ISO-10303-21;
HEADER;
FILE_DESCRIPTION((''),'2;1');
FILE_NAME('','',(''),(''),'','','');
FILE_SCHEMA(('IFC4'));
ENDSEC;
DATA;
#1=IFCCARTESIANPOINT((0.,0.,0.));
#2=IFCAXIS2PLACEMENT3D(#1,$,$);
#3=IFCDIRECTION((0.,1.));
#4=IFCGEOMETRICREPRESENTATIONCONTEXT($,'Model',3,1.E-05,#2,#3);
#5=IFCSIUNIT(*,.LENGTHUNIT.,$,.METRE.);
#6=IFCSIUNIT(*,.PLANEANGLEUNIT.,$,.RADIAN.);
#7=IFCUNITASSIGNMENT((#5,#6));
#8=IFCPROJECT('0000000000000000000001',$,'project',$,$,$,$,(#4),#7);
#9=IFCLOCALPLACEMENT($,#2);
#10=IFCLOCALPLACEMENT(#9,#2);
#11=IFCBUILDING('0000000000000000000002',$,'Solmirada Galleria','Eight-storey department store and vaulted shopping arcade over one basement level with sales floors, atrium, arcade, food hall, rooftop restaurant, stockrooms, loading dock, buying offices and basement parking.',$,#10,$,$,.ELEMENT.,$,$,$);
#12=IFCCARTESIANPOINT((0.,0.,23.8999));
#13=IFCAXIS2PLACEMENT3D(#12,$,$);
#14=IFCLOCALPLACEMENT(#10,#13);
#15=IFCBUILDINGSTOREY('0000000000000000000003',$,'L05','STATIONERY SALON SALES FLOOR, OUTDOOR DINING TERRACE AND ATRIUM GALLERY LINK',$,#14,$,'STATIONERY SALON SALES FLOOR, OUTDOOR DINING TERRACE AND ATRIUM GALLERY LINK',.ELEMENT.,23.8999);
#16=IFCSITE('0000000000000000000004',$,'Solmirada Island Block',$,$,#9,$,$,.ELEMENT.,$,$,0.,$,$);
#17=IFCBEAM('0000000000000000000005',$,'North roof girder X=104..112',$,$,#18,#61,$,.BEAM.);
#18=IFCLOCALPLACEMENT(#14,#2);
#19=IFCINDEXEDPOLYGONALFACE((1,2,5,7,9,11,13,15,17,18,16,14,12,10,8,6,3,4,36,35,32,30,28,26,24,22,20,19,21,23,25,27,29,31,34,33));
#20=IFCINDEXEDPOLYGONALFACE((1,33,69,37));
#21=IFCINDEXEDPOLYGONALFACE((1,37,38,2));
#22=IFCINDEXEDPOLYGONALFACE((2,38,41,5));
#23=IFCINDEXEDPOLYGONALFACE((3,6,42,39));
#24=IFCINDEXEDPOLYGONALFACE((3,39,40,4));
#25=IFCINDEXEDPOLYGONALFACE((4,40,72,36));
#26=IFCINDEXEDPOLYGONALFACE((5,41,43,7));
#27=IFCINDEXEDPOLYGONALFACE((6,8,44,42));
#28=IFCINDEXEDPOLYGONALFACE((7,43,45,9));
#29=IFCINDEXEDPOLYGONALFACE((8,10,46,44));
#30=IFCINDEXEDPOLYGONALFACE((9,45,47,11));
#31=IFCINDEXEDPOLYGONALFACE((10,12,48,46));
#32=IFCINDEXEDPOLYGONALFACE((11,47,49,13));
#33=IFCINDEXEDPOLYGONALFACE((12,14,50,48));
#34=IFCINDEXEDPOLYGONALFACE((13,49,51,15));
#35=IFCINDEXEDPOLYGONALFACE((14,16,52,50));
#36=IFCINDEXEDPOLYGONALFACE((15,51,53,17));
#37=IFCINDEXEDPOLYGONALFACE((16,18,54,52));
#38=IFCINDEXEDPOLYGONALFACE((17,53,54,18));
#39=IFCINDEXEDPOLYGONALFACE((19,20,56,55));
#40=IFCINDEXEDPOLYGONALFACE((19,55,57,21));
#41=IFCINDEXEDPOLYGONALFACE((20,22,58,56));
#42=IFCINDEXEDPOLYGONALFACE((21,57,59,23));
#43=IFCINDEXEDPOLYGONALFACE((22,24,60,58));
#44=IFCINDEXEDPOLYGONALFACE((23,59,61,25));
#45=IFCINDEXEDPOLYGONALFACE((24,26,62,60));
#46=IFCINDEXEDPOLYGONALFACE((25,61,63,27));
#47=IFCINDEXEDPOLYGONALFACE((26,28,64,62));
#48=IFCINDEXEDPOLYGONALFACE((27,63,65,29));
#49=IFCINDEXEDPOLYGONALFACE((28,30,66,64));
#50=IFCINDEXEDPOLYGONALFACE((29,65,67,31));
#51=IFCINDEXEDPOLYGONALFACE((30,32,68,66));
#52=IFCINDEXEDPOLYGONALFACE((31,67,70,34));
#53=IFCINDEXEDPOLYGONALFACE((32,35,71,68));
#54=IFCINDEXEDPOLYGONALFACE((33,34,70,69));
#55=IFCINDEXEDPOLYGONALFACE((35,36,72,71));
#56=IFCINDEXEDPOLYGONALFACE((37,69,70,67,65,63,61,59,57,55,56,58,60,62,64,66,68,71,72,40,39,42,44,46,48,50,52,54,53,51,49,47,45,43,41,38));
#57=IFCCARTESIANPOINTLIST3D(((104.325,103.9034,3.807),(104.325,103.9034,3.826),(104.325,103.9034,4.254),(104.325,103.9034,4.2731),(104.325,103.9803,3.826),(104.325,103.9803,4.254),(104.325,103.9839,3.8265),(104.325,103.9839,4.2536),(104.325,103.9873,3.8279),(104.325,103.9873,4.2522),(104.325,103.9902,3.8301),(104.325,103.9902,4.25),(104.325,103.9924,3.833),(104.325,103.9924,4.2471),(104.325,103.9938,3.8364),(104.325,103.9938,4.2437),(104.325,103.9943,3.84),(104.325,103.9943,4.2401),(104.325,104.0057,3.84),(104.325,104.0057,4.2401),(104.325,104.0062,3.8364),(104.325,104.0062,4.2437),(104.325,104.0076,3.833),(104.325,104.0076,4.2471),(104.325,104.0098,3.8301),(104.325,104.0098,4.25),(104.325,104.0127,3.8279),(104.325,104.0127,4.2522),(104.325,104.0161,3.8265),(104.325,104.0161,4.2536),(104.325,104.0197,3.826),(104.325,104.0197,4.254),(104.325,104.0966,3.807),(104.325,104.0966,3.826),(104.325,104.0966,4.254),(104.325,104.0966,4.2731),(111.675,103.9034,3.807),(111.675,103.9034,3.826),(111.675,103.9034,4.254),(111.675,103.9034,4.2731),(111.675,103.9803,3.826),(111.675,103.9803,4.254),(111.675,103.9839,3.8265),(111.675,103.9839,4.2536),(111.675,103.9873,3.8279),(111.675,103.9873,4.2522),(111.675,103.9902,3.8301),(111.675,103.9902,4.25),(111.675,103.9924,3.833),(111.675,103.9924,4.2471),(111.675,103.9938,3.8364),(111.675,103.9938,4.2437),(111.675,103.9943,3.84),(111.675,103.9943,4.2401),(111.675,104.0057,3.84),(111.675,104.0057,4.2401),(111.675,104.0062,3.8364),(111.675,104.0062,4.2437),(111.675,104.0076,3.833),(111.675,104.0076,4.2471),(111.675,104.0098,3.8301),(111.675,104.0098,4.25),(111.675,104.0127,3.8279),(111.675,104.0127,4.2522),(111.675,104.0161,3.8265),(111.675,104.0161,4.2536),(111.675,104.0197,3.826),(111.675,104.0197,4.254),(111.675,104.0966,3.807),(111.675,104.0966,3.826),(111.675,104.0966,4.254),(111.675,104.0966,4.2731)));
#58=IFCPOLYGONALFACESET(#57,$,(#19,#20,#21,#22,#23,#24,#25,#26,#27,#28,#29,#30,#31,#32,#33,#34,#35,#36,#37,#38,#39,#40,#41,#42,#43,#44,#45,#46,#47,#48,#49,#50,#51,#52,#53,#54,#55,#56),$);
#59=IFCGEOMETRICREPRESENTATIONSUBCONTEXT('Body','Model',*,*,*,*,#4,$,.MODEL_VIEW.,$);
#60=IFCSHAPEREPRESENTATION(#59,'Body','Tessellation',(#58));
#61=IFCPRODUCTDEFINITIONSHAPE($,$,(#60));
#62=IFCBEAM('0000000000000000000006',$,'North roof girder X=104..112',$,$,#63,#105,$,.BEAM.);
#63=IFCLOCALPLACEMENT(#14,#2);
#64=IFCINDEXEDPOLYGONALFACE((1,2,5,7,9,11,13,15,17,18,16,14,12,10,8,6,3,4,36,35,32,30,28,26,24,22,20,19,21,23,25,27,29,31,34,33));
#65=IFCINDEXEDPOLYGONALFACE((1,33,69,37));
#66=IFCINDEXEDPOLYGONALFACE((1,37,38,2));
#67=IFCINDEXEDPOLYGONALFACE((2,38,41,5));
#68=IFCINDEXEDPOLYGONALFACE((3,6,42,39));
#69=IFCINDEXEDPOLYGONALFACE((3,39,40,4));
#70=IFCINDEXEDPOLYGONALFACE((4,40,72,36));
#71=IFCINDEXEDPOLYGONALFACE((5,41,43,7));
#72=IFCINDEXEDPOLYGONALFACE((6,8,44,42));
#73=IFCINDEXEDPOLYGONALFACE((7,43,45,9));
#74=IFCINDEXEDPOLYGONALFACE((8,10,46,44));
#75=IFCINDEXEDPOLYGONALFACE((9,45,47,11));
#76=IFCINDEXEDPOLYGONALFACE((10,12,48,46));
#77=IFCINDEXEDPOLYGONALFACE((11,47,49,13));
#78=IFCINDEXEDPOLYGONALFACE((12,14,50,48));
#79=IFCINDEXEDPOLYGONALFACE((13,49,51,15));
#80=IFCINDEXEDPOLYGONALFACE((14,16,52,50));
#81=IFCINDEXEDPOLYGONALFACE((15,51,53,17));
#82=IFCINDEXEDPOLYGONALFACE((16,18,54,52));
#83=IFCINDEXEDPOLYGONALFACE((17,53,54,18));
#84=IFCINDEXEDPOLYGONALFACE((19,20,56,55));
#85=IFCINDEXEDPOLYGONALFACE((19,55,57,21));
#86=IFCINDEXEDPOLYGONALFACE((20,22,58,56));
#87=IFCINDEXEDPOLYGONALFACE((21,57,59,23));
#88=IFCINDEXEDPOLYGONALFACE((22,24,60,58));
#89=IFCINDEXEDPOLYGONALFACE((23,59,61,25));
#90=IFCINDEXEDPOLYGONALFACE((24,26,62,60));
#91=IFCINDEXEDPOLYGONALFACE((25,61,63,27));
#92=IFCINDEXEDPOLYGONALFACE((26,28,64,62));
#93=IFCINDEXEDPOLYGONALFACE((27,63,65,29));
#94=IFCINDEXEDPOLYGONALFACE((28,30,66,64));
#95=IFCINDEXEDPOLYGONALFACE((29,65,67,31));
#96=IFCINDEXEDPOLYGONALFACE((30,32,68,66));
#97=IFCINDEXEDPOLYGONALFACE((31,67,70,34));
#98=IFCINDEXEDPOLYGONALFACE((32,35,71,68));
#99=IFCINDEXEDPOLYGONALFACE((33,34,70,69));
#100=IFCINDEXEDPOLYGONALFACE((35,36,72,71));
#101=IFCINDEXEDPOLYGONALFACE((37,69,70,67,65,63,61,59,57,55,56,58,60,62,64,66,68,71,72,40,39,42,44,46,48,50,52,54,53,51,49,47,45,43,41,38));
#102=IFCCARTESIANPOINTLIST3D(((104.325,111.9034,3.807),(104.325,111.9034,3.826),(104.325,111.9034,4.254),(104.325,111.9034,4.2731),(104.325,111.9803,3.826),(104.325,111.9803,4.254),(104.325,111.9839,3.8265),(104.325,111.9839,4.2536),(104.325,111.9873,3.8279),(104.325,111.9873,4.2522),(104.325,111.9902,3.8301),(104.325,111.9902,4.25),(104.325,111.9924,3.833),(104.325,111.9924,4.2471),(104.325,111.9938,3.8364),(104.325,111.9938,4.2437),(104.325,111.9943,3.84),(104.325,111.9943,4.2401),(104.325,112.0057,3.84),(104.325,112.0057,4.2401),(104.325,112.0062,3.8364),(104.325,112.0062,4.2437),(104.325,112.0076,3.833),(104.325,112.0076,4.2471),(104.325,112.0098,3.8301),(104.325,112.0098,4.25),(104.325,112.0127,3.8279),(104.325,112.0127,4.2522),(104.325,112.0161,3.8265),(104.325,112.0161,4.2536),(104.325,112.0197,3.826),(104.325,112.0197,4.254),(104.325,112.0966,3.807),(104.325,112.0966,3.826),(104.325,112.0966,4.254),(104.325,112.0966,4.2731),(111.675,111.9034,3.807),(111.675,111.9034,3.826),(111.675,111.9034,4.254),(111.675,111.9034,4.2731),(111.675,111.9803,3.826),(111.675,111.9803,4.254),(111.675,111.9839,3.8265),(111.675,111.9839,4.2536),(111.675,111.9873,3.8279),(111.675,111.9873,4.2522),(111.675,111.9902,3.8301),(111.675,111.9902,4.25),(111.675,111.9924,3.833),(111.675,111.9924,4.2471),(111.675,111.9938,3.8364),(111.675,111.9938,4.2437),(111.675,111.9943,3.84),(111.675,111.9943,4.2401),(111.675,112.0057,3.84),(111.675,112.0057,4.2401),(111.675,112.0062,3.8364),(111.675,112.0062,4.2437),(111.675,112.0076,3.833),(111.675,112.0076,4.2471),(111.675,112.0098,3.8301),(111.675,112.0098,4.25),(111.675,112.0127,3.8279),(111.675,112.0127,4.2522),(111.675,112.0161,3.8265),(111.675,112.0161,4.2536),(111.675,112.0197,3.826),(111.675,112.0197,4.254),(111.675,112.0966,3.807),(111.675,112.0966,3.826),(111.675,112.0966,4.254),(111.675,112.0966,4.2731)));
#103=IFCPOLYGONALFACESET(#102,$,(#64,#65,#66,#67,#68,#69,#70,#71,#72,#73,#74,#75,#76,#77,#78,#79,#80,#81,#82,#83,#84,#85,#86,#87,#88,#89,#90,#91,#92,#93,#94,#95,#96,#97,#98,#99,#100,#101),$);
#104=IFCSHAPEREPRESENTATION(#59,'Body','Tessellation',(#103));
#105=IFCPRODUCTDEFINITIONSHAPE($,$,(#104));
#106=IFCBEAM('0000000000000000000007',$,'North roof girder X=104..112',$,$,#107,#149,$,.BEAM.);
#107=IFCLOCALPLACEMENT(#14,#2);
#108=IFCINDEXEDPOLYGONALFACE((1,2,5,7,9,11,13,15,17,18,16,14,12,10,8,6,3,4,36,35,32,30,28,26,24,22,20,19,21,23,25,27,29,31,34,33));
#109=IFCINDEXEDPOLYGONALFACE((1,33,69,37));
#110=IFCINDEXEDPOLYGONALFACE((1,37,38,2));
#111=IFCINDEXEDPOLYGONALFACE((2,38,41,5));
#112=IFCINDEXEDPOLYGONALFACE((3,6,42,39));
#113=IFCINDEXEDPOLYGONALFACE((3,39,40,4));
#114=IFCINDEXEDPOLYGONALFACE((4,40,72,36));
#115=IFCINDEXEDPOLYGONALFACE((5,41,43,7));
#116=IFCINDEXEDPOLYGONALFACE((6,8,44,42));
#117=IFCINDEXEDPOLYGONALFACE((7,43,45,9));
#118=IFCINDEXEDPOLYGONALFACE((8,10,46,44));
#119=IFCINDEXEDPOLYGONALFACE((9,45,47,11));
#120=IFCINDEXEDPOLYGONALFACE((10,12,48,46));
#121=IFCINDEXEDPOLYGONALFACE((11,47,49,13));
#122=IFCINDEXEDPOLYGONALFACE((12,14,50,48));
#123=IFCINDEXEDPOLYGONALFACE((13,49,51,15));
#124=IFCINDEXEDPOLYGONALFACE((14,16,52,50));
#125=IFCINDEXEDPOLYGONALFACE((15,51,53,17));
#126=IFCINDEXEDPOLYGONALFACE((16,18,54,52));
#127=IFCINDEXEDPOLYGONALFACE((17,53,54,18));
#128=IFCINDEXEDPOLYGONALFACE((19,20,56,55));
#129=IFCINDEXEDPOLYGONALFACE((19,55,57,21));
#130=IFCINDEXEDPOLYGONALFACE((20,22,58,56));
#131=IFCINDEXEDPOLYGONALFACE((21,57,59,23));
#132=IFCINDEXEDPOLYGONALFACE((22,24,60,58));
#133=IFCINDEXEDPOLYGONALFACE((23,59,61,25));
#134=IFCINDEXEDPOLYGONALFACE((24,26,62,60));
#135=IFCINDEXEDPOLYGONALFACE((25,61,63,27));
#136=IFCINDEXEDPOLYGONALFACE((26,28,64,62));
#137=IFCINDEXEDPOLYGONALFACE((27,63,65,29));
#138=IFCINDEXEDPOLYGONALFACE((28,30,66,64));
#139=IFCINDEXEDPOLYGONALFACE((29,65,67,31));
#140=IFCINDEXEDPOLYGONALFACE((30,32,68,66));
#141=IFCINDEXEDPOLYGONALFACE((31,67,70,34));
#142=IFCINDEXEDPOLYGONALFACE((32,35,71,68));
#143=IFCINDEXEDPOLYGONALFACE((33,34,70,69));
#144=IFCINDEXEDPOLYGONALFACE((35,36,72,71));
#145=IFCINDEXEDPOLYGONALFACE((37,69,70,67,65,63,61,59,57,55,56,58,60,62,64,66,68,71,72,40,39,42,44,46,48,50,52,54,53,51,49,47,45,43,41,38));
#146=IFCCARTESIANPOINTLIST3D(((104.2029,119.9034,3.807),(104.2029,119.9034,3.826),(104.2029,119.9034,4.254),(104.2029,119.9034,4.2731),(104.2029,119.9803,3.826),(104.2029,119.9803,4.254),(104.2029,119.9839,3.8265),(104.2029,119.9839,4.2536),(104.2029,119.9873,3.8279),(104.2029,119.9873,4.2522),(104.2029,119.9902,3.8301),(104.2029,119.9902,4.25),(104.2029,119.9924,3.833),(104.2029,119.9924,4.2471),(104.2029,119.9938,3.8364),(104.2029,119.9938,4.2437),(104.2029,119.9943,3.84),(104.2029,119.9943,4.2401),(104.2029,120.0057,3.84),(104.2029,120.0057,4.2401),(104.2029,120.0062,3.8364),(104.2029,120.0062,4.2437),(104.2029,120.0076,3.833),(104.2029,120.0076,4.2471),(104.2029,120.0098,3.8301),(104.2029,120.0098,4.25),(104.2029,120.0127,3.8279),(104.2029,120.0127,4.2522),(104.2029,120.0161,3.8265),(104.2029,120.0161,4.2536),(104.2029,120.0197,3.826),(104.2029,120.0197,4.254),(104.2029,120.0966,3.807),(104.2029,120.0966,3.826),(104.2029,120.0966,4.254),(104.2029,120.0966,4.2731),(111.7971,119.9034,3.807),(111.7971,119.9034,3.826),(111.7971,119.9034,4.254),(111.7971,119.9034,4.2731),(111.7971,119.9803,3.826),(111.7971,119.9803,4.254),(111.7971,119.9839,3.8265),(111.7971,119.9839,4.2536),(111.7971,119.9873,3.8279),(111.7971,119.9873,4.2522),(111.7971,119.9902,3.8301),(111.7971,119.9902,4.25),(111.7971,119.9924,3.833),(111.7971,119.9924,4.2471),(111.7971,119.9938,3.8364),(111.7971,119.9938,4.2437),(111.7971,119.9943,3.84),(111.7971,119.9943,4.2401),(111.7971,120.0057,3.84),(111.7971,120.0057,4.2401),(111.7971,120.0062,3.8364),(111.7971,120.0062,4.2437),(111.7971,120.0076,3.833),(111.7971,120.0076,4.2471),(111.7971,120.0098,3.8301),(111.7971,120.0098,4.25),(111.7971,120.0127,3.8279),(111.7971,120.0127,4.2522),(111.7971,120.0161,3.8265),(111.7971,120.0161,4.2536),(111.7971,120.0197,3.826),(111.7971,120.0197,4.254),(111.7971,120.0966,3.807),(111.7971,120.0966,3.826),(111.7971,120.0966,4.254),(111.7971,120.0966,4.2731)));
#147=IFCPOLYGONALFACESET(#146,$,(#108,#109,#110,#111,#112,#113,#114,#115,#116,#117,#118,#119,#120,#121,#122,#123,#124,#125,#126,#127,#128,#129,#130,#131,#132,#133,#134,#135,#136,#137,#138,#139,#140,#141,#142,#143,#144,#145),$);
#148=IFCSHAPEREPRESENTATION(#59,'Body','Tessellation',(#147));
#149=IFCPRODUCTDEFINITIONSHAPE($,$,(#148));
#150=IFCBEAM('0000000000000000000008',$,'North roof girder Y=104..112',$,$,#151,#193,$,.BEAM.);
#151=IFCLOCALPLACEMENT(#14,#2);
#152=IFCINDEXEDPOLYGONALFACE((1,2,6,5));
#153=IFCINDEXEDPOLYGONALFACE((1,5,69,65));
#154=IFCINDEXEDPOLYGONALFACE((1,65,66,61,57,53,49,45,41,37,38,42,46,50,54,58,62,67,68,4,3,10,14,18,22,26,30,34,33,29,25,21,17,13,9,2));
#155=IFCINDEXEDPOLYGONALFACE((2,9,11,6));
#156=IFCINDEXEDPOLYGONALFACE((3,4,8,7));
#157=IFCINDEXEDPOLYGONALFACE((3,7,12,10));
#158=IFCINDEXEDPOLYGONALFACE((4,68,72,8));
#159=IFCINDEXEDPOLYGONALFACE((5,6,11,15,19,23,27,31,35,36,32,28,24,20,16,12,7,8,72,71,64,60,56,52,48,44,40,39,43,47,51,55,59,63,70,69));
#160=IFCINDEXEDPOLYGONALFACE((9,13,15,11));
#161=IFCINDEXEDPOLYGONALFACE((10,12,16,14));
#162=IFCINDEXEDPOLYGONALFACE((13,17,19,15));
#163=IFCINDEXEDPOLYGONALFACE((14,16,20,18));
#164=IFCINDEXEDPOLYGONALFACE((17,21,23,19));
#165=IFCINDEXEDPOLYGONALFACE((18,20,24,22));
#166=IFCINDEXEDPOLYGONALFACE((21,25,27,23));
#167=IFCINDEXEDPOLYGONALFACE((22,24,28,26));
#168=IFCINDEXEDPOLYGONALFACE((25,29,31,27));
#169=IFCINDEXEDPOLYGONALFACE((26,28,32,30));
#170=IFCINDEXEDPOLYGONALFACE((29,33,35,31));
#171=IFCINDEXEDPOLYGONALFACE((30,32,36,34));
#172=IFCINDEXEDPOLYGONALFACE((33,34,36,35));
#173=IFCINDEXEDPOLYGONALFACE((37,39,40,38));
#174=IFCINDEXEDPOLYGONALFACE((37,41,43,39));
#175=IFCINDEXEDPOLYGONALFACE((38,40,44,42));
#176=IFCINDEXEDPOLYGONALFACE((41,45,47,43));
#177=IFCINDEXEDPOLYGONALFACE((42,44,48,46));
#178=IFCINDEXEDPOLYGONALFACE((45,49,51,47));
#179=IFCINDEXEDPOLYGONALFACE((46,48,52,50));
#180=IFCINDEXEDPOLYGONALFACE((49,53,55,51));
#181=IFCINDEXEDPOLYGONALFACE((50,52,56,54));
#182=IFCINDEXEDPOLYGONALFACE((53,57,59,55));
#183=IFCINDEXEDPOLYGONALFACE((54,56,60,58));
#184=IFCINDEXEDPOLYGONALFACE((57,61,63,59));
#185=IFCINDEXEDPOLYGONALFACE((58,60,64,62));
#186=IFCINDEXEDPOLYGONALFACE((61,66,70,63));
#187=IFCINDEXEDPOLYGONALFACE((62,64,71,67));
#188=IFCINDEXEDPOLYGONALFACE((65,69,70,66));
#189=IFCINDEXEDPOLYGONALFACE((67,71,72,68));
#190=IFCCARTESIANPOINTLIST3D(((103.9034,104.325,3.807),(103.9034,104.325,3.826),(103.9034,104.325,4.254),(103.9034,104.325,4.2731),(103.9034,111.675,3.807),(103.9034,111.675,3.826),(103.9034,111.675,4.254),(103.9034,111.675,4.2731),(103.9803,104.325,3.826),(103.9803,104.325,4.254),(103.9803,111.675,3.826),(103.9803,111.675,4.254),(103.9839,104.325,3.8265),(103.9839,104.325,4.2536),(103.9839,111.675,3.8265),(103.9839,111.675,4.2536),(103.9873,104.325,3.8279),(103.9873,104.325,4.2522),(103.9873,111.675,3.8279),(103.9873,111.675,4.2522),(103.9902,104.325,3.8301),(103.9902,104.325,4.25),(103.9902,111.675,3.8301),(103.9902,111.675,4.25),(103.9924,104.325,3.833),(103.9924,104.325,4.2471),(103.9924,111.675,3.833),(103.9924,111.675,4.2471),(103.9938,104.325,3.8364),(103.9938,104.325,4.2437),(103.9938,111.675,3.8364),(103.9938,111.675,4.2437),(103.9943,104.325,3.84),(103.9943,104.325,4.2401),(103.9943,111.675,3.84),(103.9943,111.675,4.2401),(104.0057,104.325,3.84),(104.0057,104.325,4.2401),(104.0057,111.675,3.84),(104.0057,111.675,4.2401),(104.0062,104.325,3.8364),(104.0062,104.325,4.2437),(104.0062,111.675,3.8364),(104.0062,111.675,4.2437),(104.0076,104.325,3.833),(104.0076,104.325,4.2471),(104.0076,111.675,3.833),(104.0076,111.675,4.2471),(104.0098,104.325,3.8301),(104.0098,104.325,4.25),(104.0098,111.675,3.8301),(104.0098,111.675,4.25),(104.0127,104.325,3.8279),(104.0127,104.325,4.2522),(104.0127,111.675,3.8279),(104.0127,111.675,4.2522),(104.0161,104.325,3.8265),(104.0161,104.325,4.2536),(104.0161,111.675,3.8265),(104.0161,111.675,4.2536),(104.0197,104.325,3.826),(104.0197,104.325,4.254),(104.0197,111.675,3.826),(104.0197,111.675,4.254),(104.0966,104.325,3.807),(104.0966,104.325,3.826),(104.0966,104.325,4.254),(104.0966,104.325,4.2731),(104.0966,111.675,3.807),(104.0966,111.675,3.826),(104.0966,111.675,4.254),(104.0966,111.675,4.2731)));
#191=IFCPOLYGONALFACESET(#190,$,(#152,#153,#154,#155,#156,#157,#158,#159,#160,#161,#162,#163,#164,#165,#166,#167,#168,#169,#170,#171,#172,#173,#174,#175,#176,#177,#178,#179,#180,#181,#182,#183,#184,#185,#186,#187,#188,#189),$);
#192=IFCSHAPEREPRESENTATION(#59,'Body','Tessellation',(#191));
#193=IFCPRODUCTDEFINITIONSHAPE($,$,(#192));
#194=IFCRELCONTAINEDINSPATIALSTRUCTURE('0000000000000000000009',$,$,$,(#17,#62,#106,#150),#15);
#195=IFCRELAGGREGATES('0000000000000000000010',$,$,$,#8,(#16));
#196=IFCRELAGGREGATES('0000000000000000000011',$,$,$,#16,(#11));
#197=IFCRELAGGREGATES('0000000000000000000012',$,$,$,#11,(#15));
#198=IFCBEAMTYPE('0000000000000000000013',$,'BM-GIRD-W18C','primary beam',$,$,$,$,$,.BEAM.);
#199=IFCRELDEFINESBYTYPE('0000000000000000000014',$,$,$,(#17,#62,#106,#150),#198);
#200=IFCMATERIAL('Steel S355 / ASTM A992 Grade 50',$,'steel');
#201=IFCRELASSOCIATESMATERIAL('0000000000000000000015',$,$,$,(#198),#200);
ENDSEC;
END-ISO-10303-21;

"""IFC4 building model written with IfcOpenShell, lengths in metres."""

from ifc_helpers import new_model, si_unit, direction, frame, origin, origin_2d, place, context, subcontext, project, spatial, i_section, extrude, material, material_profile, profile_set, type_object, element, save


model = new_model("IFC4")

# Units and contexts
model_context = context("Model", 3, precision=1e-05, world=origin(), true_north=direction((0.0, 1.0)))
body_context = subcontext(model_context, "Body", "Model", "MODEL_VIEW")
ifc_project = project(units=[si_unit("LENGTHUNIT", "METRE"), si_unit("PLANEANGLEUNIT", "RADIAN")], contexts=[model_context])

# Site, building, storey
site_placement = place(None, origin())
site = spatial("IfcSite", under=ifc_project, at=site_placement, Name="Solmirada Island Block", CompositionType="ELEMENT", RefElevation=0.0)
building_placement = place(site_placement, origin())
building = spatial("IfcBuilding", under=site, at=building_placement, Name="Solmirada Galleria", Description="Eight-storey department store and vaulted shopping arcade over one basement level with sales floors, atrium, arcade, food hall, rooftop restaurant, stockrooms, loading dock, buying offices and basement parking.", CompositionType="ELEMENT")
storey_placement = place(building_placement, frame((0.0, 0.0, 23.8999)))
storey = spatial("IfcBuildingStorey", under=building, at=storey_placement, Name="L05", Description="STATIONERY SALON SALES FLOOR, OUTDOOR DINING TERRACE AND ATRIUM GALLERY LINK", LongName="STATIONERY SALON SALES FLOOR, OUTDOOR DINING TERRACE AND ATRIUM GALLERY LINK", CompositionType="ELEMENT", Elevation=23.8999)

# Beams
ifc_material_1 = material(Name="Steel S355 / ASTM A992 Grade 50", Category="steel")
ifc_material_profile_1 = material_profile(ifc_material_1, i_section(OverallWidth=0.1931, OverallDepth=0.4661, WebThickness=0.0115, FlangeThickness=0.019, FilletRadius=0.0139, at=origin_2d()), Name="W18X65")
ifc_profile_set_1 = profile_set([ifc_material_profile_1], Name="Steel S355 / ASTM A992 Grade 50")
beam_type = type_object("IfcBeamType", Name="BM-GIRD-W18C", Description="primary beam", PredefinedType="BEAM", material=ifc_profile_set_1)
for number, where, z_axis, x_axis, name in (
    (1, (104.325, 104.0, 4.04), (1.0, 0.0, 0.0), (0.0, 1.0, 0.0), "North roof girder X=104..112"),
    (2, (104.325, 112.0, 4.04), (1.0, 0.0, 0.0), (0.0, 1.0, 0.0), "North roof girder X=104..112"),
):
    element("IfcBeam", number, at=place(storey_placement, frame(where, z_axis=z_axis, x_axis=x_axis)), inside=storey, type_object=beam_type, Name=name, PredefinedType="BEAM", context=body_context, shape_type="SweptSolid", body=[
        extrude(i_section(OverallWidth=0.1931, OverallDepth=0.4661, WebThickness=0.0115, FlangeThickness=0.019, FilletRadius=0.0139, at=origin_2d()), origin(), (0.0, 0.0, 1.0), 7.3501),
    ])
beam_1_placement = place(storey_placement, frame((104.2029, 120.0, 4.04), z_axis=(1.0, 0.0, 0.0), x_axis=(0.0, 1.0, 0.0)))
element("IfcBeam", 3, at=beam_1_placement, inside=storey, type_object=beam_type, Name="North roof girder X=104..112", PredefinedType="BEAM", context=body_context, shape_type="SweptSolid", body=[
    extrude(i_section(OverallWidth=0.1931, OverallDepth=0.4661, WebThickness=0.0115, FlangeThickness=0.019, FilletRadius=0.0139, at=origin_2d()), origin(), (0.0, 0.0, 1.0), 7.5942),
])
beam_2_placement = place(storey_placement, frame((104.0, 104.325, 4.04), z_axis=(0.0, 1.0, 0.0), x_axis=(-1.0, 0.0, 0.0)))
element("IfcBeam", 4, at=beam_2_placement, inside=storey, type_object=beam_type, Name="North roof girder Y=104..112", PredefinedType="BEAM", context=body_context, shape_type="SweptSolid", body=[
    extrude(i_section(OverallWidth=0.1931, OverallDepth=0.4661, WebThickness=0.0115, FlangeThickness=0.019, FilletRadius=0.0139, at=origin_2d()), origin(), (0.0, 0.0, 1.0), 7.3501),
])

save(model, "model.ifc")
